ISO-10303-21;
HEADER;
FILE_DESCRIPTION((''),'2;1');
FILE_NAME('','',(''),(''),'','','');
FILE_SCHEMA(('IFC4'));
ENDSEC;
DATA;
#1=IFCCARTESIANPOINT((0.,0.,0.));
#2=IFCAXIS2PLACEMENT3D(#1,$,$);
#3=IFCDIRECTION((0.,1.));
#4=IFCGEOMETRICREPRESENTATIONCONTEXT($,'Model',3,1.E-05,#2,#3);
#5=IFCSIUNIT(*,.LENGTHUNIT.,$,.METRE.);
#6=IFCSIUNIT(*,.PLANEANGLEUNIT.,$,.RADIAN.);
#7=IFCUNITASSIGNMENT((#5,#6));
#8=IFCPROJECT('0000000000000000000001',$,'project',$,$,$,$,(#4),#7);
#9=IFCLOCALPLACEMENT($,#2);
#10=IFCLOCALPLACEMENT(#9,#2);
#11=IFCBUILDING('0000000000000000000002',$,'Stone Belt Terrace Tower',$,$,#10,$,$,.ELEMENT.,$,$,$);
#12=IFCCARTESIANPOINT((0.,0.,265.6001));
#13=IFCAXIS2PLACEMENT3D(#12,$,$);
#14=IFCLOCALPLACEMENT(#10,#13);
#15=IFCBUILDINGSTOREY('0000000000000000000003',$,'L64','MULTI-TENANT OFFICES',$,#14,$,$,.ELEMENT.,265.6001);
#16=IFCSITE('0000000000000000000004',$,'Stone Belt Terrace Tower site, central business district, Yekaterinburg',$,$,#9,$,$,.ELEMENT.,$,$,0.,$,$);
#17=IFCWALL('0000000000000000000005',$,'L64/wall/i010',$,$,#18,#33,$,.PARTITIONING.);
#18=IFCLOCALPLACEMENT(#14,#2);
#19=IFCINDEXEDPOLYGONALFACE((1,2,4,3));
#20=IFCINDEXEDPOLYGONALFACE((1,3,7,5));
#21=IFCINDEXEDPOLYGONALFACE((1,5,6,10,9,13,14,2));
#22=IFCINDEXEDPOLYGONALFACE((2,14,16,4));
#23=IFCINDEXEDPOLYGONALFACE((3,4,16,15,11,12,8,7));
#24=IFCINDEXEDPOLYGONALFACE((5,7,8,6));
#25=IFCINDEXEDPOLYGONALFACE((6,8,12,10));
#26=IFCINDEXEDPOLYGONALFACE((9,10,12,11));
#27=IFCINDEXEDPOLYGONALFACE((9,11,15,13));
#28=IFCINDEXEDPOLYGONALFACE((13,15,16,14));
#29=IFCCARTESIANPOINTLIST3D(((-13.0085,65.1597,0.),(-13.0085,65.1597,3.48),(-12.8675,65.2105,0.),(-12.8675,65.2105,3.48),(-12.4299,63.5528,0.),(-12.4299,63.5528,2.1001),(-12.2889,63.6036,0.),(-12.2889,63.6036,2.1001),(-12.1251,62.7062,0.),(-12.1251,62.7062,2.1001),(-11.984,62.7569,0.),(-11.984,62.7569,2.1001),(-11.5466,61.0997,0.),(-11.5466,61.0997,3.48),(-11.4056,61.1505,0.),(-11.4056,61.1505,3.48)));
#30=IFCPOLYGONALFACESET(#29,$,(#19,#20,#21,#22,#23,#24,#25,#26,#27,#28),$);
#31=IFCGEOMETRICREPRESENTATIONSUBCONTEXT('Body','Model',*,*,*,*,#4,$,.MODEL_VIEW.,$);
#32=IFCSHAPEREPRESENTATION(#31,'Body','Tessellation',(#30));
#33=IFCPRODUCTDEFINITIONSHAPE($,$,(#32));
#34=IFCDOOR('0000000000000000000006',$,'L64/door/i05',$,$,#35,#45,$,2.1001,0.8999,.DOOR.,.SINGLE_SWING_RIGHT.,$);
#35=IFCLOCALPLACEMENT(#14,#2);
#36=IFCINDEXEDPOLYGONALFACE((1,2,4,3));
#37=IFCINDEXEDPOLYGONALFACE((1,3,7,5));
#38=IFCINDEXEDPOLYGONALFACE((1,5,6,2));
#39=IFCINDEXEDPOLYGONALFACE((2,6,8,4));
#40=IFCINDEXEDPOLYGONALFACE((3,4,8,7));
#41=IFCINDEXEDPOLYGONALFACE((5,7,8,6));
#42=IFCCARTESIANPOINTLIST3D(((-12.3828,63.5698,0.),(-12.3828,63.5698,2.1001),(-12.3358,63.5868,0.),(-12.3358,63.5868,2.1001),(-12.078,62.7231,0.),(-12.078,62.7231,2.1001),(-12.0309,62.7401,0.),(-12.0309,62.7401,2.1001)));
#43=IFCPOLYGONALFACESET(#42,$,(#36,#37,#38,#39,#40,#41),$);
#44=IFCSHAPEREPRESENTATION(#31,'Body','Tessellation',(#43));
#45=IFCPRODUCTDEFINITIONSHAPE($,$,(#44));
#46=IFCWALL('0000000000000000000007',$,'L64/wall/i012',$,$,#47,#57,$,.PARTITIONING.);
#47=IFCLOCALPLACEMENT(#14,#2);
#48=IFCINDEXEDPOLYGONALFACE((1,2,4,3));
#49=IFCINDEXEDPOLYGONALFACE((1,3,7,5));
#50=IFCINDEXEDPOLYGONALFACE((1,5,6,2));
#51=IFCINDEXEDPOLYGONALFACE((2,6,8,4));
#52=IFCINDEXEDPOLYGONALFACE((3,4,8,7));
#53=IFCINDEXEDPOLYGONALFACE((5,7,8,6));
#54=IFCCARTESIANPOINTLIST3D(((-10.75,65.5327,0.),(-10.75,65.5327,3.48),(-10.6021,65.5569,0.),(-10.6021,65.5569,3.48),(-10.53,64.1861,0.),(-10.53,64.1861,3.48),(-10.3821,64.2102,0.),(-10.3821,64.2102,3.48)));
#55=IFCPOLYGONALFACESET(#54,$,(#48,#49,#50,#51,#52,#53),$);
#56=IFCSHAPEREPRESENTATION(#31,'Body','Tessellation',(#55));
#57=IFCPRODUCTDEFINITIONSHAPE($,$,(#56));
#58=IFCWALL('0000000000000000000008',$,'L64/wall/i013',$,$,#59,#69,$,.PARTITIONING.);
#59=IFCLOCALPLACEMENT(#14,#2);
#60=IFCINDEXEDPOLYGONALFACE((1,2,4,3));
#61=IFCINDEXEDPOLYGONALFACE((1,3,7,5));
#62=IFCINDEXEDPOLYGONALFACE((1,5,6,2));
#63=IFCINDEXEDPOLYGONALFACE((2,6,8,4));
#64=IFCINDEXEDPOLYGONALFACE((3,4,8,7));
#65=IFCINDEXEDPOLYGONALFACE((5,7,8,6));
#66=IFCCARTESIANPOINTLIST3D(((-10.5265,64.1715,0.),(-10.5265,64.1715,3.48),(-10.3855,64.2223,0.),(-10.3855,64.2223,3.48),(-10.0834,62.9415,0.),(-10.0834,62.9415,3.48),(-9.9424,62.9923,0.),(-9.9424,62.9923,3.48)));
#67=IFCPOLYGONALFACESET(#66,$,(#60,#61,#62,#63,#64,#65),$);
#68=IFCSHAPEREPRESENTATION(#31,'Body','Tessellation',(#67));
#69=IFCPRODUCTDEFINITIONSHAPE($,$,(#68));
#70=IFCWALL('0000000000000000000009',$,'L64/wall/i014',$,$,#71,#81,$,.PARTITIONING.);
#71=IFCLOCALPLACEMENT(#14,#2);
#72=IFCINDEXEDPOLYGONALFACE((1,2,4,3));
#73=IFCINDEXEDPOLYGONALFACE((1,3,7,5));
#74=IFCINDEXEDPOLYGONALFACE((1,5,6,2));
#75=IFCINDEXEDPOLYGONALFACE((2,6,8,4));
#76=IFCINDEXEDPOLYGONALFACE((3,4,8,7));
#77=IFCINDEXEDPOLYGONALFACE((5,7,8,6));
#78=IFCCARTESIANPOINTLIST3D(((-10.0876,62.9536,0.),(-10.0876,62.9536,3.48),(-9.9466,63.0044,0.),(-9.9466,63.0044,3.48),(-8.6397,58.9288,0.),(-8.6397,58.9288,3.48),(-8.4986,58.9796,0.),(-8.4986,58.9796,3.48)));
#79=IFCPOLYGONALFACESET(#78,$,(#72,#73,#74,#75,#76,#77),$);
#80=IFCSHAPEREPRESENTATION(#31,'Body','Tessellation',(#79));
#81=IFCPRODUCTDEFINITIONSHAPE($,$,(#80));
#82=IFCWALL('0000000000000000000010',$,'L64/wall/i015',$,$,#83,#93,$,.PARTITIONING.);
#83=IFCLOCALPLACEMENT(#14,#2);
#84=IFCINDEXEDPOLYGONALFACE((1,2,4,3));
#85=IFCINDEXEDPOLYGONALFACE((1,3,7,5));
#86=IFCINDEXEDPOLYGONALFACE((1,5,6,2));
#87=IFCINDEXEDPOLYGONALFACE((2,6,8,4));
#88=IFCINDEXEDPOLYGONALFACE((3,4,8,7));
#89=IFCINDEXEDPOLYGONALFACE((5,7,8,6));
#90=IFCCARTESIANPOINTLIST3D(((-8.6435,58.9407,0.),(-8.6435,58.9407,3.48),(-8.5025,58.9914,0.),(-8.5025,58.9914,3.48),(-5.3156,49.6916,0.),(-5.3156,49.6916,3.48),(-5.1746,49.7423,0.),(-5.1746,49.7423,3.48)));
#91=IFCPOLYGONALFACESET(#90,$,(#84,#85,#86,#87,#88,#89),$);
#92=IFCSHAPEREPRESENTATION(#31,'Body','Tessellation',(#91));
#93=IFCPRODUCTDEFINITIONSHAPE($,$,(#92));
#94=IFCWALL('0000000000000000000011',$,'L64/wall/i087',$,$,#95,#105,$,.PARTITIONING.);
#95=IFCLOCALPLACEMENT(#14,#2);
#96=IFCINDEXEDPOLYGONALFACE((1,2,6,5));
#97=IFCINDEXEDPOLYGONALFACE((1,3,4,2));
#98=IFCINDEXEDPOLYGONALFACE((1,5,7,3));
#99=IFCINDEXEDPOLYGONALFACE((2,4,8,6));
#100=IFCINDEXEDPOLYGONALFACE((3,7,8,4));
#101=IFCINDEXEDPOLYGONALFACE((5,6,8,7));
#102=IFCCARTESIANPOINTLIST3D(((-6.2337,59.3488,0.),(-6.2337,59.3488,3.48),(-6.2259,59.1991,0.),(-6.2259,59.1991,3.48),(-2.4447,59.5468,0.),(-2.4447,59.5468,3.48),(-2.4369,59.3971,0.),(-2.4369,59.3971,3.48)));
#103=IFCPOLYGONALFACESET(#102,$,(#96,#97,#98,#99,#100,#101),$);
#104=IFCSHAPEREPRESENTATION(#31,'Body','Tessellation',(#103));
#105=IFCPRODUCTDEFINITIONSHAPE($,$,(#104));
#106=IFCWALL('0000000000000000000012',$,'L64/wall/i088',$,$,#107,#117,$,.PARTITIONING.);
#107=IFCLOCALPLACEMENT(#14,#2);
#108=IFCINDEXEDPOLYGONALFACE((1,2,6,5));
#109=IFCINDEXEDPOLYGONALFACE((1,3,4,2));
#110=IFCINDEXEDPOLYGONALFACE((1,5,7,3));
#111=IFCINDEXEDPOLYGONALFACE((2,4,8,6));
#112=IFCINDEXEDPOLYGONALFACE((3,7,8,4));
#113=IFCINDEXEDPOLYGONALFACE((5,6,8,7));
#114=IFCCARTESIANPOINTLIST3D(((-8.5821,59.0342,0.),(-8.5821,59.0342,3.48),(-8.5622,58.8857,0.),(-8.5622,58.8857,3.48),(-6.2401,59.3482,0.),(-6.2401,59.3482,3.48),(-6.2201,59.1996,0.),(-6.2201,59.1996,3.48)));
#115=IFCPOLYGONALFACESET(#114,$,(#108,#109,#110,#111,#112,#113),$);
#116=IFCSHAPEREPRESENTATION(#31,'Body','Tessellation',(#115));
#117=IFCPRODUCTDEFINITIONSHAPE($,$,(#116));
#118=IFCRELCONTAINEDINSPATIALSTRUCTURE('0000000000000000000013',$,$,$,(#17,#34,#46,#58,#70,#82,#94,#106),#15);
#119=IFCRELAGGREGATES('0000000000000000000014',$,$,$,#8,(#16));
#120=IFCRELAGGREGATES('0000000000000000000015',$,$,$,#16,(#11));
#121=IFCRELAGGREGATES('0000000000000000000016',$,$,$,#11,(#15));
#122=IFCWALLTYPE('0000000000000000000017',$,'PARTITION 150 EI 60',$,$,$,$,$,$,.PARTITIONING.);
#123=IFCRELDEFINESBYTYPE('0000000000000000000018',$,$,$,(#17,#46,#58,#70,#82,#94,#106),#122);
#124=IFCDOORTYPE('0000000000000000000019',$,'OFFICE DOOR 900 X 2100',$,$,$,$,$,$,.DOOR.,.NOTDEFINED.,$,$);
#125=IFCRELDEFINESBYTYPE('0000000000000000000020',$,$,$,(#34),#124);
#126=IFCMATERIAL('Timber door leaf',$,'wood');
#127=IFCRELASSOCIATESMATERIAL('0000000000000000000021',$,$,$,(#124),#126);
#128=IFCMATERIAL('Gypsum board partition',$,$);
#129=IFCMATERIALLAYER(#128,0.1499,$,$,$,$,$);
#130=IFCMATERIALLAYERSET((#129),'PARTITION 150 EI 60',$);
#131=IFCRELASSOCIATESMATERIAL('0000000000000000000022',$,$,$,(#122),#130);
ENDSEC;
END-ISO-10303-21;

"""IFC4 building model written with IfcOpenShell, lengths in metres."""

from ifc_helpers import new_model, si_unit, direction, frame, frame_2d, origin, place, context, subcontext, project, spatial, rectangle, extrude, material, layer, layer_set, type_object, element, fill, save


model = new_model("IFC4")

# Units and contexts
model_context = context("Model", 3, precision=1e-05, world=origin(), true_north=direction((0.0, 1.0)))
body_context = subcontext(model_context, "Body", "Model", "MODEL_VIEW")
ifc_project = project(units=[si_unit("LENGTHUNIT", "METRE"), si_unit("PLANEANGLEUNIT", "RADIAN")], contexts=[model_context])

# Site, building, storey
site_placement = place(None, origin())
site = spatial("IfcSite", under=ifc_project, at=site_placement, Name="Stone Belt Terrace Tower site, central business district, Yekaterinburg", CompositionType="ELEMENT", RefElevation=0.0)
building_placement = place(site_placement, origin())
building = spatial("IfcBuilding", under=site, at=building_placement, Name="Stone Belt Terrace Tower", CompositionType="ELEMENT")
storey_placement = place(building_placement, frame((0.0, 0.0, 265.6001)))
storey = spatial("IfcBuildingStorey", under=building, at=storey_placement, Name="L64", Description="MULTI-TENANT OFFICES", CompositionType="ELEMENT", Elevation=265.6001)

# Shared definitions
ifc_material_1 = material(Name="Gypsum board partition")
ifc_material_2 = material(Name="Timber door leaf", Category="wood")
door_type = type_object("IfcDoorType", Name="OFFICE DOOR 900 X 2100", OperationType="NOTDEFINED", PredefinedType="DOOR", material=ifc_material_2)

# Wall, opening, door
ifc_layer_1 = layer(ifc_material_1, 0.1499)
ifc_layer_set_1 = layer_set([ifc_layer_1], Name="PARTITION 150 EI 60")
wall_type_1 = type_object("IfcWallType", Name="PARTITION 150 EI 60", PredefinedType="PARTITIONING", material=ifc_layer_set_1)
wall_1_placement = place(storey_placement, frame((-11.4761, 61.125, 0.0), z_axis=(0.0, 0.0, 1.0), x_axis=(-0.33878, 0.940866, 0.0)))
wall_1 = element("IfcWall", 1, at=wall_1_placement, inside=storey, type_object=wall_type_1, Name="L64/wall/i010", PredefinedType="PARTITIONING", context=body_context, shape_type="SweptSolid", body=[
    extrude(rectangle(XDim=4.3152, YDim=0.1499, at=frame_2d((2.1577, 0.0))), origin(), (0.0, 0.0, 1.0), 3.48),
])
opening_1_placement = place(wall_1_placement, frame((1.7075, 0.0, 0.0)))
opening_1 = element("IfcOpeningElement", 2, at=opening_1_placement, cuts=wall_1, PredefinedType="OPENING", context=body_context, shape_type="SweptSolid", body=[
    extrude(rectangle(XDim=0.8999, YDim=2.1001, at=frame_2d((0.45, 1.05))), frame((0.0, 0.085, 0.0), z_axis=(0.0, -1.0, 0.0), x_axis=(1.0, 0.0, 0.0)), (0.0, 0.0, 1.0), 0.1699),
])
door_1_placement = place(opening_1_placement, origin())
door_1 = element("IfcDoor", 3, at=door_1_placement, inside=storey, type_object=door_type, Name="L64/door/i05", OperationType="SINGLE_SWING_RIGHT", OverallHeight=2.1001, OverallWidth=0.8999, PredefinedType="DOOR", context=body_context, shape_type="SweptSolid", body=[
    extrude(rectangle(XDim=0.8999, YDim=2.1001, at=frame_2d((0.45, 1.05))), frame((0.0, 0.0249, 0.0), z_axis=(0.0, -1.0, 0.0), x_axis=(1.0, 0.0, 0.0)), (0.0, 0.0, 1.0), 0.05),
])
fill(opening_1, door_1)

# Walls
wall_2_placement = place(storey_placement, frame((-10.676, 65.5447, 0.0), z_axis=(0.0, 0.0, 1.0), x_axis=(0.161207, -0.986921, 0.0)))
element("IfcWall", 4, at=wall_2_placement, inside=storey, type_object=wall_type_1, Name="L64/wall/i012", PredefinedType="PARTITIONING", context=body_context, shape_type="SweptSolid", body=[
    extrude(rectangle(XDim=1.3645, YDim=0.1499, at=frame_2d((0.6821, 0.0))), origin(), (0.0, 0.0, 1.0), 3.48),
])
wall_3_placement = place(storey_placement, frame((-10.4561, 64.197, 0.0), z_axis=(0.0, 0.0, 1.0), x_axis=(0.338938, -0.940809, 0.0)))
element("IfcWall", 5, at=wall_3_placement, inside=storey, type_object=wall_type_1, Name="L64/wall/i013", PredefinedType="PARTITIONING", context=body_context, shape_type="SweptSolid", body=[
    extrude(rectangle(XDim=1.3074, YDim=0.1499, at=frame_2d((0.6538, 0.0))), origin(), (0.0, 0.0, 1.0), 3.48),
])
wall_4_placement = place(storey_placement, frame((-10.0171, 62.979, 0.0), z_axis=(0.0, 0.0, 1.0), x_axis=(0.338519, -0.940959, 0.0)))
element("IfcWall", 6, at=wall_4_placement, inside=storey, type_object=wall_type_1, Name="L64/wall/i014", PredefinedType="PARTITIONING", context=body_context, shape_type="SweptSolid", body=[
    extrude(rectangle(XDim=4.2773, YDim=0.1499, at=frame_2d((2.1387, 0.0))), origin(), (0.0, 0.0, 1.0), 3.48),
])
wall_5_placement = place(storey_placement, frame((-8.573, 58.9661, 0.0), z_axis=(0.0, 0.0, 1.0), x_axis=(0.33856, -0.940945, 0.0)))
element("IfcWall", 7, at=wall_5_placement, inside=storey, type_object=wall_type_1, Name="L64/wall/i015", PredefinedType="PARTITIONING", context=body_context, shape_type="SweptSolid", body=[
    extrude(rectangle(XDim=9.8296, YDim=0.1499, at=frame_2d((4.9148, 0.0))), origin(), (0.0, 0.0, 1.0), 3.48),
])
wall_6_placement = place(storey_placement, frame((-2.4409, 59.4719, 0.0), z_axis=(0.0, 0.0, 1.0), x_axis=(-0.998637, -0.052184, 0.0)))
element("IfcWall", 8, at=wall_6_placement, inside=storey, type_object=wall_type_1, Name="L64/wall/i087", PredefinedType="PARTITIONING", context=body_context, shape_type="SweptSolid", body=[
    extrude(rectangle(XDim=3.7942, YDim=0.1499, at=frame_2d((1.897, 0.0))), origin(), (0.0, 0.0, 1.0), 3.48),
])
wall_7_placement = place(storey_placement, frame((-6.23, 59.2739, 0.0), z_axis=(0.0, 0.0, 1.0), x_axis=(-0.991134, -0.132868, 0.0)))
element("IfcWall", 9, at=wall_7_placement, inside=storey, type_object=wall_type_1, Name="L64/wall/i088", PredefinedType="PARTITIONING", context=body_context, shape_type="SweptSolid", body=[
    extrude(rectangle(XDim=2.363, YDim=0.1499, at=frame_2d((1.1816, 0.0))), origin(), (0.0, 0.0, 1.0), 3.48),
])

save(model, "model.ifc")
